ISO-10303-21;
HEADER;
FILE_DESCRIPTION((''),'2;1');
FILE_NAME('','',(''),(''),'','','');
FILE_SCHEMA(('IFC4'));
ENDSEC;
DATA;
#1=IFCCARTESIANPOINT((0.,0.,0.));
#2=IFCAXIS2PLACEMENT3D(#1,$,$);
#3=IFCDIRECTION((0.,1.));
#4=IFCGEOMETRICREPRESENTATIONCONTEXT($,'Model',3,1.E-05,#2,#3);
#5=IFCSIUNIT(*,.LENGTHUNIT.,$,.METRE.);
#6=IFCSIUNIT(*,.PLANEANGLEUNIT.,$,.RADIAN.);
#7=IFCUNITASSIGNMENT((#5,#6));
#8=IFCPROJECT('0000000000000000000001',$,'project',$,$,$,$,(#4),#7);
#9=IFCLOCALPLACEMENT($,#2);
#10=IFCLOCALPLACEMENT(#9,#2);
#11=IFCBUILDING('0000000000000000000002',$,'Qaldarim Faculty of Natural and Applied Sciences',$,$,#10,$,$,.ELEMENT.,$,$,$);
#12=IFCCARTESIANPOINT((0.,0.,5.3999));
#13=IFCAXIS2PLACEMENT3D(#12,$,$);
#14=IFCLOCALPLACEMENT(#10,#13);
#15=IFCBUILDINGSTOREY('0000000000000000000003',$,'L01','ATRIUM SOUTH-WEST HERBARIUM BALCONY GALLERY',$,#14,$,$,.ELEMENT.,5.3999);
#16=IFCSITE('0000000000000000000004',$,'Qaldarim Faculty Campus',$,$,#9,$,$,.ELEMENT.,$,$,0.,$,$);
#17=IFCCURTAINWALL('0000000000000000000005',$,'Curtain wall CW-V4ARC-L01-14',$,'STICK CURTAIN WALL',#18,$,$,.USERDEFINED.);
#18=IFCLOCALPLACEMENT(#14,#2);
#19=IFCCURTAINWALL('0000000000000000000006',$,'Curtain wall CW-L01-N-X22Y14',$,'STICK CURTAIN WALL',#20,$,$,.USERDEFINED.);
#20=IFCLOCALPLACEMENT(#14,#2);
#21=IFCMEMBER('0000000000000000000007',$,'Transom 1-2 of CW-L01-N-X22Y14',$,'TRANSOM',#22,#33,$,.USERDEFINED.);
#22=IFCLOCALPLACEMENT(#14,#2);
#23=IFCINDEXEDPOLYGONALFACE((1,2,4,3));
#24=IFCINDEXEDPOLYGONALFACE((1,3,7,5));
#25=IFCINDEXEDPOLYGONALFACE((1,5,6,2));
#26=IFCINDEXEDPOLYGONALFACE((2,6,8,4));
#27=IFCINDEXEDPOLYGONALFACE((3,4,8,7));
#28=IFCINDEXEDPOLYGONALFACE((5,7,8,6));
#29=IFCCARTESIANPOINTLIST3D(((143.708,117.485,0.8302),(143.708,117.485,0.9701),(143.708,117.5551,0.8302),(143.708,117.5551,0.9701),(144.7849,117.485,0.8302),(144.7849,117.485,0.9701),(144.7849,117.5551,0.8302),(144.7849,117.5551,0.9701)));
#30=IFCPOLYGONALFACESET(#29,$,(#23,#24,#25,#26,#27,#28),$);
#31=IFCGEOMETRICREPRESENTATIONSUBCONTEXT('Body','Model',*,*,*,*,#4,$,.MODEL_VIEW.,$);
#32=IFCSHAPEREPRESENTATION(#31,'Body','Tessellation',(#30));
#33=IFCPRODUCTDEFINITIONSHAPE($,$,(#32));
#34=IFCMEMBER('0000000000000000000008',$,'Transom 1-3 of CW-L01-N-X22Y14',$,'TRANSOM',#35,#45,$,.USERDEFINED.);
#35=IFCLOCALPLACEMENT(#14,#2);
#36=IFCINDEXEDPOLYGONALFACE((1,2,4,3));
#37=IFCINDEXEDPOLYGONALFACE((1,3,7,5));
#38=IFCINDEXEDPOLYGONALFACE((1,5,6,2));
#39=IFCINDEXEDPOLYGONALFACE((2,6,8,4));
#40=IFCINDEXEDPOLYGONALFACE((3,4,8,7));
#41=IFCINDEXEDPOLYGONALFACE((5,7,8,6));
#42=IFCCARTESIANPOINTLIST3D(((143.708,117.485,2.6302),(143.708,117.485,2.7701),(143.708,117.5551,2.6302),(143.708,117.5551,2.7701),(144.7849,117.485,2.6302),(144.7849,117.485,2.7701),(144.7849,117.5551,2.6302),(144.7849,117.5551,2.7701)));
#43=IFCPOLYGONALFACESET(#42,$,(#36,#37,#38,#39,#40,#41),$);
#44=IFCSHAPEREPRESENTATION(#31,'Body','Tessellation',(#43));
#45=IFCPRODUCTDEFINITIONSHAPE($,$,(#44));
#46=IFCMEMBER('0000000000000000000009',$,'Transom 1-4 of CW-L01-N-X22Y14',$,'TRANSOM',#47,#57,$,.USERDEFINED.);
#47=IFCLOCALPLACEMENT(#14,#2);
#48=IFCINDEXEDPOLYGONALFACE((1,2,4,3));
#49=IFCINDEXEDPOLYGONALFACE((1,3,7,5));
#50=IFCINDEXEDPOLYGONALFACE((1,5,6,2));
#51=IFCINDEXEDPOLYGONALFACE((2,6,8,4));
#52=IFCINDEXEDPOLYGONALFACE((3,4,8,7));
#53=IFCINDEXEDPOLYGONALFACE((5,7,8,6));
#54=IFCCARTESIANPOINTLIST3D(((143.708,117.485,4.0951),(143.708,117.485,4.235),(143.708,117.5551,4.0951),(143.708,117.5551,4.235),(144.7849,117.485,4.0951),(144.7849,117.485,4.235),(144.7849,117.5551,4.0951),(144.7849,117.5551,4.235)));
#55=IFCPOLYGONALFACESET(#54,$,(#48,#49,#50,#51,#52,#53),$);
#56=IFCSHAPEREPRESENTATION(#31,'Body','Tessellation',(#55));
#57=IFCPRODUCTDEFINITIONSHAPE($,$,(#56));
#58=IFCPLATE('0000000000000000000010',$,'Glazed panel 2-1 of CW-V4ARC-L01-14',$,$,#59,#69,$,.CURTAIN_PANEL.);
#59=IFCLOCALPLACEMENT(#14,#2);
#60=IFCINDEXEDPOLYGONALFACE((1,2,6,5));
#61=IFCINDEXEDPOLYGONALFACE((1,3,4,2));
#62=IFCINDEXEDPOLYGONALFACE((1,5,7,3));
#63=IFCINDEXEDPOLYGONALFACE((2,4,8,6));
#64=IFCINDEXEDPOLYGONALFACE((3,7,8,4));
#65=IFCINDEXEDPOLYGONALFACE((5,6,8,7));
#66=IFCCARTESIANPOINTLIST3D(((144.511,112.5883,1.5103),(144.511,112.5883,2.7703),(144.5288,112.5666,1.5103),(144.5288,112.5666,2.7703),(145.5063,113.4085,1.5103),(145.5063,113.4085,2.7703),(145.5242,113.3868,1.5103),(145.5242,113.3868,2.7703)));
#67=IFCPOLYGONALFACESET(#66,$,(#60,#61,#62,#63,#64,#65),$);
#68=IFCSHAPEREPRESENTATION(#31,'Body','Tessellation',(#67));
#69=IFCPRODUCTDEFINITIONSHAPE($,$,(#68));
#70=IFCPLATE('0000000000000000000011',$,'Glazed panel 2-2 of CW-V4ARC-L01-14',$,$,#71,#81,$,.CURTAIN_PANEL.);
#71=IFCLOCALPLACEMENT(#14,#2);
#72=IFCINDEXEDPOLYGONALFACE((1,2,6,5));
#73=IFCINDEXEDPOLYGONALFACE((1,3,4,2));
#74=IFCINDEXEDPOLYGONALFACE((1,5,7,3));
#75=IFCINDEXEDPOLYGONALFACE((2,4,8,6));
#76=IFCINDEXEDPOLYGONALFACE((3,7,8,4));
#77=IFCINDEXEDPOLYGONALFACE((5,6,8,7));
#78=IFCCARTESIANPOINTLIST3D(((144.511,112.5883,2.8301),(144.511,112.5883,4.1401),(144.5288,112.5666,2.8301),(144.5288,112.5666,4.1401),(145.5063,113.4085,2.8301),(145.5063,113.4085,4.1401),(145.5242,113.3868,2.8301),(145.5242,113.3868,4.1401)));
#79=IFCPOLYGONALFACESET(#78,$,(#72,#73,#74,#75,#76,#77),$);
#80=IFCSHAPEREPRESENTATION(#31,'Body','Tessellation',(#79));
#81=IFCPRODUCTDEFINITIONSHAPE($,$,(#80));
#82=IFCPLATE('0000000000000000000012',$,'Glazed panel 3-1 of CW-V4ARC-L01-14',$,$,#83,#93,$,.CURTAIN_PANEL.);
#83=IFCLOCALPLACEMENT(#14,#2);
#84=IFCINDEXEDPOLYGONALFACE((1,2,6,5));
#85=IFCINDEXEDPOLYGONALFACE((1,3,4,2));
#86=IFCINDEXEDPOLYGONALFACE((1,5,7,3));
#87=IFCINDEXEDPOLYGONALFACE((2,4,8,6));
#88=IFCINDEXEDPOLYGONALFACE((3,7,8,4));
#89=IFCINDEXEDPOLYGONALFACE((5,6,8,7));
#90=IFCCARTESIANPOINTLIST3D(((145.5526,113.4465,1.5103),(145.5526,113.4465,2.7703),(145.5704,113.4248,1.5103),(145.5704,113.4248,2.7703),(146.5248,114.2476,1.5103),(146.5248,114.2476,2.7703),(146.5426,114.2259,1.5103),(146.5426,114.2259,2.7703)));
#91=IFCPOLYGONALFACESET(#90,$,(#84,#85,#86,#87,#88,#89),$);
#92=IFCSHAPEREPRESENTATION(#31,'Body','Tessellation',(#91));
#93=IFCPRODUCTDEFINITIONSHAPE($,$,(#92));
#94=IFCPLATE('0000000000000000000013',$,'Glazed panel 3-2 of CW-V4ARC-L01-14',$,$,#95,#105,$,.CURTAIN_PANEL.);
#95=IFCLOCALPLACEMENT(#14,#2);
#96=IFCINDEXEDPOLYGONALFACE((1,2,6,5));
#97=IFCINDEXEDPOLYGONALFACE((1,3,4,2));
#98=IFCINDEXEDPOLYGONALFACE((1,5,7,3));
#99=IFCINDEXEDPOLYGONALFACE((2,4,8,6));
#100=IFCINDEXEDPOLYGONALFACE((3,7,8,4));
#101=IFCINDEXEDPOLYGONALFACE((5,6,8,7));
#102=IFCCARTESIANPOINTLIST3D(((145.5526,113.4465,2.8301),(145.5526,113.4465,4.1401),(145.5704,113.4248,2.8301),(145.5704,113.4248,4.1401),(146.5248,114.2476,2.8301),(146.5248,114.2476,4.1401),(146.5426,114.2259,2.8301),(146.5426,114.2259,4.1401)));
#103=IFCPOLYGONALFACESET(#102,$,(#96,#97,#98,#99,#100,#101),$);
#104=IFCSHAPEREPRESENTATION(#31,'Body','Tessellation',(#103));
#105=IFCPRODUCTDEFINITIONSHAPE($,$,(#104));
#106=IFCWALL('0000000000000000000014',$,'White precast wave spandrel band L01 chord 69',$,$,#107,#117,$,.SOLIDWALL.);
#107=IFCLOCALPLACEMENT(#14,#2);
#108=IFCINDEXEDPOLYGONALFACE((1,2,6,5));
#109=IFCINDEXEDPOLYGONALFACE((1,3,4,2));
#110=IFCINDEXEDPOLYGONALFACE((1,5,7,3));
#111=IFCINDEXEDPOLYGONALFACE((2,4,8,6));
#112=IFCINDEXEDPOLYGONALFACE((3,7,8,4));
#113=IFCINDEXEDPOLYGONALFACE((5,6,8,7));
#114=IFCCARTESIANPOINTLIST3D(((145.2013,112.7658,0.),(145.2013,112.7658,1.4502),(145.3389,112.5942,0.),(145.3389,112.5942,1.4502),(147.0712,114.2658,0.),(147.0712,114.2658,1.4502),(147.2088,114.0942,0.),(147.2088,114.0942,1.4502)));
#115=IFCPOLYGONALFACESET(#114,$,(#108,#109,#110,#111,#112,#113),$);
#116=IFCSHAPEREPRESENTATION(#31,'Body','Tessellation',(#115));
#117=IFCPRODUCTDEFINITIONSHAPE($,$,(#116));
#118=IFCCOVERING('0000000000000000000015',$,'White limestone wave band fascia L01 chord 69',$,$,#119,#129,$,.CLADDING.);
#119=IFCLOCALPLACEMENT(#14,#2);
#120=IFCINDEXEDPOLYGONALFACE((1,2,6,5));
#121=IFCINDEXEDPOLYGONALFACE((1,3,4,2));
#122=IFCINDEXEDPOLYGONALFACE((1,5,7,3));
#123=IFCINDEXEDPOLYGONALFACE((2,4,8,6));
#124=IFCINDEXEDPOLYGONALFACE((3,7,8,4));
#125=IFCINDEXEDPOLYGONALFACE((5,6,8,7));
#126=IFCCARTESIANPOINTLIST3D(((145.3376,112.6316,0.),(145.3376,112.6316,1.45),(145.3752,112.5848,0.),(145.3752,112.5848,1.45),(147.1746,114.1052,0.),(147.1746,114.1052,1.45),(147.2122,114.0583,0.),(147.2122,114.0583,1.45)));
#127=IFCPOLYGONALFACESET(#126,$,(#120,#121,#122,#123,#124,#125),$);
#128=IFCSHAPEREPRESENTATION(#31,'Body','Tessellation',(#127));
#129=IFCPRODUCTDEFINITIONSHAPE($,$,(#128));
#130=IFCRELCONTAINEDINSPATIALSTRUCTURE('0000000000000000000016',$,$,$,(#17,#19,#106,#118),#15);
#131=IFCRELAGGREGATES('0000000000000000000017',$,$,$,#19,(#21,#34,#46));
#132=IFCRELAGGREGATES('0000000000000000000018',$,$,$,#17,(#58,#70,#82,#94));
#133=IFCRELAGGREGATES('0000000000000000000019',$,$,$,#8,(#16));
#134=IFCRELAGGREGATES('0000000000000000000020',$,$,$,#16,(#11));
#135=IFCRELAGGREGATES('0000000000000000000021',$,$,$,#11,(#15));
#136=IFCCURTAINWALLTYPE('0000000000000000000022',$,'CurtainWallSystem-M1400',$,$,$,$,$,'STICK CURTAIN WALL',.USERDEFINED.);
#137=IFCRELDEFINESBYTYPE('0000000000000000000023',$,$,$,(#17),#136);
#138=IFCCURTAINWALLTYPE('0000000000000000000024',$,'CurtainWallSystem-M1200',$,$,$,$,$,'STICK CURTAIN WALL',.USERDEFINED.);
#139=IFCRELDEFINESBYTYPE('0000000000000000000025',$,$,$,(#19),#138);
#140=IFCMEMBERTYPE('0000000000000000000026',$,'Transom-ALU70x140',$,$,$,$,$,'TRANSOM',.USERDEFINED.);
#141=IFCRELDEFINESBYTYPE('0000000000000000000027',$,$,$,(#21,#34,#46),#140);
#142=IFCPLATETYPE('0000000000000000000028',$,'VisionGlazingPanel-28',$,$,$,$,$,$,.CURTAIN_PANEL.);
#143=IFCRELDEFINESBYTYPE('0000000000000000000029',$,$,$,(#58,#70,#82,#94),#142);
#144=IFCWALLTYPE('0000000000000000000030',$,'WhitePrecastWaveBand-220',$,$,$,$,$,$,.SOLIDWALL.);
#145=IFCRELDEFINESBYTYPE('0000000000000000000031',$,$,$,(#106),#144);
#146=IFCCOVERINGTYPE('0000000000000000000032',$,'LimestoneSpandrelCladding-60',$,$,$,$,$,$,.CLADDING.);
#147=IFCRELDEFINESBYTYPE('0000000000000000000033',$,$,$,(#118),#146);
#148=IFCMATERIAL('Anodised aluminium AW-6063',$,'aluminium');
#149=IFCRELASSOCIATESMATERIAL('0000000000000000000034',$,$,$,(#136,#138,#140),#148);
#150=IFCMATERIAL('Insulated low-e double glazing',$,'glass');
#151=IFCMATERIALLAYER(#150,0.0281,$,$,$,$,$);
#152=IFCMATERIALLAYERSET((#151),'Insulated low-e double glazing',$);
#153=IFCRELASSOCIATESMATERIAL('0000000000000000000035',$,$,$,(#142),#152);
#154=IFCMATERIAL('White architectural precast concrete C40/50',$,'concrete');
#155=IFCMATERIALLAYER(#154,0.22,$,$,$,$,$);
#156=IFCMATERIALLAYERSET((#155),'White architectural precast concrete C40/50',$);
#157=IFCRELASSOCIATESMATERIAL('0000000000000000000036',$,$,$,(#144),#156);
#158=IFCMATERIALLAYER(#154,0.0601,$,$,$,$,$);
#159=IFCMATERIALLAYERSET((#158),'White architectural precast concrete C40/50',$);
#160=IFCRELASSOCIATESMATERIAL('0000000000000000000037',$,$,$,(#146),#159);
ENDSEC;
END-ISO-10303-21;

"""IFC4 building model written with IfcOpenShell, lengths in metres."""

from ifc_helpers import new_model, si_unit, direction, frame, frame_2d, origin, origin_2d, place, context, subcontext, project, spatial, rectangle, extrude, material, layer, layer_set, material_profile, profile_set, type_object, element, aggregate, save


model = new_model("IFC4")

# Units and contexts
model_context = context("Model", 3, precision=1e-05, world=origin(), true_north=direction((0.0, 1.0)))
body_context = subcontext(model_context, "Body", "Model", "MODEL_VIEW")
ifc_project = project(units=[si_unit("LENGTHUNIT", "METRE"), si_unit("PLANEANGLEUNIT", "RADIAN")], contexts=[model_context])

# Site, building, storey
site_placement = place(None, origin())
site = spatial("IfcSite", under=ifc_project, at=site_placement, Name="Qaldarim Faculty Campus", CompositionType="ELEMENT", RefElevation=0.0)
building_placement = place(site_placement, origin())
building = spatial("IfcBuilding", under=site, at=building_placement, Name="Qaldarim Faculty of Natural and Applied Sciences", CompositionType="ELEMENT")
storey_placement = place(building_placement, frame((0.0, 0.0, 5.3999)))
storey = spatial("IfcBuildingStorey", under=building, at=storey_placement, Name="L01", Description="ATRIUM SOUTH-WEST HERBARIUM BALCONY GALLERY", CompositionType="ELEMENT", Elevation=5.3999)

# Curtain wall
ifc_material_1 = material(Name="Anodised aluminium AW-6063", Category="aluminium")
curtain_wall_type_1 = type_object("IfcCurtainWallType", Name="CurtainWallSystem-M1400", ElementType="STICK CURTAIN WALL", PredefinedType="USERDEFINED", material=ifc_material_1)
curtain_wall_1_placement = place(storey_placement, origin())
curtain_wall_1 = element("IfcCurtainWall", 1, at=curtain_wall_1_placement, inside=storey, type_object=curtain_wall_type_1, Name="Curtain wall CW-V4ARC-L01-14", ObjectType="STICK CURTAIN WALL", PredefinedType="USERDEFINED")

# Curtain wall
curtain_wall_type_2 = type_object("IfcCurtainWallType", Name="CurtainWallSystem-M1200", ElementType="STICK CURTAIN WALL", PredefinedType="USERDEFINED", material=ifc_material_1)
curtain_wall_2_placement = place(storey_placement, origin())
curtain_wall_2 = element("IfcCurtainWall", 2, at=curtain_wall_2_placement, inside=storey, type_object=curtain_wall_type_2, Name="Curtain wall CW-L01-N-X22Y14", ObjectType="STICK CURTAIN WALL", PredefinedType="USERDEFINED")

# Members
ifc_material_profile_1 = material_profile(ifc_material_1, rectangle(XDim=0.0701, YDim=0.1399, at=origin_2d()), Name="ALU-T70x140")
ifc_profile_set_1 = profile_set([ifc_material_profile_1], Name="Anodised aluminium AW-6063")
member_type_1 = type_object("IfcMemberType", Name="Transom-ALU70x140", ElementType="TRANSOM", PredefinedType="USERDEFINED", material=ifc_profile_set_1)
member_1_placement = place(storey_placement, frame((144.7849, 117.52, 0.9001), z_axis=(-1.0, 0.0, 0.0), x_axis=(0.0, -1.0, 0.0)))
member_1 = element("IfcMember", 3, at=member_1_placement, type_object=member_type_1, Name="Transom 1-2 of CW-L01-N-X22Y14", ObjectType="TRANSOM", PredefinedType="USERDEFINED", context=body_context, shape_type="SweptSolid", body=[
    extrude(rectangle(XDim=0.0701, YDim=0.1399, at=origin_2d()), origin(), (0.0, 0.0, 1.0), 1.0769),
])
member_2_placement = place(storey_placement, frame((144.7849, 117.52, 2.7002), z_axis=(-1.0, 0.0, 0.0), x_axis=(0.0, -1.0, 0.0)))
member_2 = element("IfcMember", 4, at=member_2_placement, type_object=member_type_1, Name="Transom 1-3 of CW-L01-N-X22Y14", ObjectType="TRANSOM", PredefinedType="USERDEFINED", context=body_context, shape_type="SweptSolid", body=[
    extrude(rectangle(XDim=0.0701, YDim=0.1399, at=origin_2d()), origin(), (0.0, 0.0, 1.0), 1.0769),
])
member_3_placement = place(storey_placement, frame((144.7849, 117.52, 4.165), z_axis=(-1.0, 0.0, 0.0), x_axis=(0.0, -1.0, 0.0)))
member_3 = element("IfcMember", 5, at=member_3_placement, type_object=member_type_1, Name="Transom 1-4 of CW-L01-N-X22Y14", ObjectType="TRANSOM", PredefinedType="USERDEFINED", context=body_context, shape_type="SweptSolid", body=[
    extrude(rectangle(XDim=0.0701, YDim=0.1399, at=origin_2d()), origin(), (0.0, 0.0, 1.0), 1.0769),
])
aggregate(curtain_wall_2, [member_1, member_2, member_3])

# Plates
ifc_material_2 = material(Name="Insulated low-e double glazing", Category="glass")
ifc_layer_1 = layer(ifc_material_2, 0.0281)
ifc_layer_set_1 = layer_set([ifc_layer_1], Name="Insulated low-e double glazing")
plate_type = type_object("IfcPlateType", Name="VisionGlazingPanel-28", PredefinedType="CURTAIN_PANEL", material=ifc_layer_set_1)
plate_1_placement = place(storey_placement, frame((145.0176, 112.9875, 1.5103), z_axis=(0.0, 0.0, 1.0), x_axis=(0.771747, 0.63593, 0.0)))
plate_1 = element("IfcPlate", 6, at=plate_1_placement, type_object=plate_type, Name="Glazed panel 2-1 of CW-V4ARC-L01-14", PredefinedType="CURTAIN_PANEL", context=body_context, shape_type="SweptSolid", body=[
    extrude(rectangle(XDim=1.2898, YDim=0.0281, at=origin_2d()), origin(), (0.0, 0.0, 1.0), 1.26),
])
plate_2_placement = place(storey_placement, frame((145.0176, 112.9875, 2.8301), z_axis=(0.0, 0.0, 1.0), x_axis=(0.771747, 0.63593, 0.0)))
plate_2 = element("IfcPlate", 7, at=plate_2_placement, type_object=plate_type, Name="Glazed panel 2-2 of CW-V4ARC-L01-14", PredefinedType="CURTAIN_PANEL", context=body_context, shape_type="SweptSolid", body=[
    extrude(rectangle(XDim=1.2898, YDim=0.0281, at=origin_2d()), origin(), (0.0, 0.0, 1.0), 1.3101),
])
plate_3_placement = place(storey_placement, frame((146.0476, 113.8362, 1.5103), z_axis=(0.0, 0.0, 1.0), x_axis=(0.771747, 0.63593, 0.0)))
plate_3 = element("IfcPlate", 8, at=plate_3_placement, type_object=plate_type, Name="Glazed panel 3-1 of CW-V4ARC-L01-14", PredefinedType="CURTAIN_PANEL", context=body_context, shape_type="SweptSolid", body=[
    extrude(rectangle(XDim=1.2598, YDim=0.0281, at=origin_2d()), origin(), (0.0, 0.0, 1.0), 1.26),
])
plate_4_placement = place(storey_placement, frame((146.0476, 113.8362, 2.8301), z_axis=(0.0, 0.0, 1.0), x_axis=(0.771747, 0.63593, 0.0)))
plate_4 = element("IfcPlate", 9, at=plate_4_placement, type_object=plate_type, Name="Glazed panel 3-2 of CW-V4ARC-L01-14", PredefinedType="CURTAIN_PANEL", context=body_context, shape_type="SweptSolid", body=[
    extrude(rectangle(XDim=1.2598, YDim=0.0281, at=origin_2d()), origin(), (0.0, 0.0, 1.0), 1.3101),
])
aggregate(curtain_wall_1, [plate_1, plate_2, plate_3, plate_4])

# Wall
ifc_material_3 = material(Name="White architectural precast concrete C40/50", Category="concrete")
ifc_layer_2 = layer(ifc_material_3, 0.22)
ifc_layer_set_2 = layer_set([ifc_layer_2], Name="White architectural precast concrete C40/50")
wall_type = type_object("IfcWallType", Name="WhitePrecastWaveBand-220", PredefinedType="SOLIDWALL", material=ifc_layer_set_2)
wall_placement = place(storey_placement, frame((145.27, 112.6799, 0.0), z_axis=(0.0, 0.0, 1.0), x_axis=(0.780033, 0.625738, 0.0)))
element("IfcWall", 10, at=wall_placement, inside=storey, type_object=wall_type, Name="White precast wave spandrel band L01 chord 69", PredefinedType="SOLIDWALL", context=body_context, shape_type="SweptSolid", body=[
    extrude(rectangle(XDim=2.3972, YDim=0.22, at=frame_2d((1.1987, 0.0))), origin(), (0.0, 0.0, 1.0), 1.4502),
])

# Covering
ifc_layer_3 = layer(ifc_material_3, 0.0601)
ifc_layer_set_3 = layer_set([ifc_layer_3], Name="White architectural precast concrete C40/50")
covering_type = type_object("IfcCoveringType", Name="LimestoneSpandrelCladding-60", PredefinedType="CLADDING", material=ifc_layer_set_3)
covering_placement = place(storey_placement, frame((146.2749, 113.345, 0.0), z_axis=(0.0, 0.0, 1.0), x_axis=(0.780059, 0.625706, 0.0)))
element("IfcCovering", 11, at=covering_placement, inside=storey, type_object=covering_type, Name="White limestone wave band fascia L01 chord 69", PredefinedType="CLADDING", context=body_context, shape_type="SweptSolid", body=[
    extrude(rectangle(XDim=2.355, YDim=0.0601, at=origin_2d()), origin(), (0.0, 0.0, 1.0), 1.45),
])

save(model, "model.ifc")
